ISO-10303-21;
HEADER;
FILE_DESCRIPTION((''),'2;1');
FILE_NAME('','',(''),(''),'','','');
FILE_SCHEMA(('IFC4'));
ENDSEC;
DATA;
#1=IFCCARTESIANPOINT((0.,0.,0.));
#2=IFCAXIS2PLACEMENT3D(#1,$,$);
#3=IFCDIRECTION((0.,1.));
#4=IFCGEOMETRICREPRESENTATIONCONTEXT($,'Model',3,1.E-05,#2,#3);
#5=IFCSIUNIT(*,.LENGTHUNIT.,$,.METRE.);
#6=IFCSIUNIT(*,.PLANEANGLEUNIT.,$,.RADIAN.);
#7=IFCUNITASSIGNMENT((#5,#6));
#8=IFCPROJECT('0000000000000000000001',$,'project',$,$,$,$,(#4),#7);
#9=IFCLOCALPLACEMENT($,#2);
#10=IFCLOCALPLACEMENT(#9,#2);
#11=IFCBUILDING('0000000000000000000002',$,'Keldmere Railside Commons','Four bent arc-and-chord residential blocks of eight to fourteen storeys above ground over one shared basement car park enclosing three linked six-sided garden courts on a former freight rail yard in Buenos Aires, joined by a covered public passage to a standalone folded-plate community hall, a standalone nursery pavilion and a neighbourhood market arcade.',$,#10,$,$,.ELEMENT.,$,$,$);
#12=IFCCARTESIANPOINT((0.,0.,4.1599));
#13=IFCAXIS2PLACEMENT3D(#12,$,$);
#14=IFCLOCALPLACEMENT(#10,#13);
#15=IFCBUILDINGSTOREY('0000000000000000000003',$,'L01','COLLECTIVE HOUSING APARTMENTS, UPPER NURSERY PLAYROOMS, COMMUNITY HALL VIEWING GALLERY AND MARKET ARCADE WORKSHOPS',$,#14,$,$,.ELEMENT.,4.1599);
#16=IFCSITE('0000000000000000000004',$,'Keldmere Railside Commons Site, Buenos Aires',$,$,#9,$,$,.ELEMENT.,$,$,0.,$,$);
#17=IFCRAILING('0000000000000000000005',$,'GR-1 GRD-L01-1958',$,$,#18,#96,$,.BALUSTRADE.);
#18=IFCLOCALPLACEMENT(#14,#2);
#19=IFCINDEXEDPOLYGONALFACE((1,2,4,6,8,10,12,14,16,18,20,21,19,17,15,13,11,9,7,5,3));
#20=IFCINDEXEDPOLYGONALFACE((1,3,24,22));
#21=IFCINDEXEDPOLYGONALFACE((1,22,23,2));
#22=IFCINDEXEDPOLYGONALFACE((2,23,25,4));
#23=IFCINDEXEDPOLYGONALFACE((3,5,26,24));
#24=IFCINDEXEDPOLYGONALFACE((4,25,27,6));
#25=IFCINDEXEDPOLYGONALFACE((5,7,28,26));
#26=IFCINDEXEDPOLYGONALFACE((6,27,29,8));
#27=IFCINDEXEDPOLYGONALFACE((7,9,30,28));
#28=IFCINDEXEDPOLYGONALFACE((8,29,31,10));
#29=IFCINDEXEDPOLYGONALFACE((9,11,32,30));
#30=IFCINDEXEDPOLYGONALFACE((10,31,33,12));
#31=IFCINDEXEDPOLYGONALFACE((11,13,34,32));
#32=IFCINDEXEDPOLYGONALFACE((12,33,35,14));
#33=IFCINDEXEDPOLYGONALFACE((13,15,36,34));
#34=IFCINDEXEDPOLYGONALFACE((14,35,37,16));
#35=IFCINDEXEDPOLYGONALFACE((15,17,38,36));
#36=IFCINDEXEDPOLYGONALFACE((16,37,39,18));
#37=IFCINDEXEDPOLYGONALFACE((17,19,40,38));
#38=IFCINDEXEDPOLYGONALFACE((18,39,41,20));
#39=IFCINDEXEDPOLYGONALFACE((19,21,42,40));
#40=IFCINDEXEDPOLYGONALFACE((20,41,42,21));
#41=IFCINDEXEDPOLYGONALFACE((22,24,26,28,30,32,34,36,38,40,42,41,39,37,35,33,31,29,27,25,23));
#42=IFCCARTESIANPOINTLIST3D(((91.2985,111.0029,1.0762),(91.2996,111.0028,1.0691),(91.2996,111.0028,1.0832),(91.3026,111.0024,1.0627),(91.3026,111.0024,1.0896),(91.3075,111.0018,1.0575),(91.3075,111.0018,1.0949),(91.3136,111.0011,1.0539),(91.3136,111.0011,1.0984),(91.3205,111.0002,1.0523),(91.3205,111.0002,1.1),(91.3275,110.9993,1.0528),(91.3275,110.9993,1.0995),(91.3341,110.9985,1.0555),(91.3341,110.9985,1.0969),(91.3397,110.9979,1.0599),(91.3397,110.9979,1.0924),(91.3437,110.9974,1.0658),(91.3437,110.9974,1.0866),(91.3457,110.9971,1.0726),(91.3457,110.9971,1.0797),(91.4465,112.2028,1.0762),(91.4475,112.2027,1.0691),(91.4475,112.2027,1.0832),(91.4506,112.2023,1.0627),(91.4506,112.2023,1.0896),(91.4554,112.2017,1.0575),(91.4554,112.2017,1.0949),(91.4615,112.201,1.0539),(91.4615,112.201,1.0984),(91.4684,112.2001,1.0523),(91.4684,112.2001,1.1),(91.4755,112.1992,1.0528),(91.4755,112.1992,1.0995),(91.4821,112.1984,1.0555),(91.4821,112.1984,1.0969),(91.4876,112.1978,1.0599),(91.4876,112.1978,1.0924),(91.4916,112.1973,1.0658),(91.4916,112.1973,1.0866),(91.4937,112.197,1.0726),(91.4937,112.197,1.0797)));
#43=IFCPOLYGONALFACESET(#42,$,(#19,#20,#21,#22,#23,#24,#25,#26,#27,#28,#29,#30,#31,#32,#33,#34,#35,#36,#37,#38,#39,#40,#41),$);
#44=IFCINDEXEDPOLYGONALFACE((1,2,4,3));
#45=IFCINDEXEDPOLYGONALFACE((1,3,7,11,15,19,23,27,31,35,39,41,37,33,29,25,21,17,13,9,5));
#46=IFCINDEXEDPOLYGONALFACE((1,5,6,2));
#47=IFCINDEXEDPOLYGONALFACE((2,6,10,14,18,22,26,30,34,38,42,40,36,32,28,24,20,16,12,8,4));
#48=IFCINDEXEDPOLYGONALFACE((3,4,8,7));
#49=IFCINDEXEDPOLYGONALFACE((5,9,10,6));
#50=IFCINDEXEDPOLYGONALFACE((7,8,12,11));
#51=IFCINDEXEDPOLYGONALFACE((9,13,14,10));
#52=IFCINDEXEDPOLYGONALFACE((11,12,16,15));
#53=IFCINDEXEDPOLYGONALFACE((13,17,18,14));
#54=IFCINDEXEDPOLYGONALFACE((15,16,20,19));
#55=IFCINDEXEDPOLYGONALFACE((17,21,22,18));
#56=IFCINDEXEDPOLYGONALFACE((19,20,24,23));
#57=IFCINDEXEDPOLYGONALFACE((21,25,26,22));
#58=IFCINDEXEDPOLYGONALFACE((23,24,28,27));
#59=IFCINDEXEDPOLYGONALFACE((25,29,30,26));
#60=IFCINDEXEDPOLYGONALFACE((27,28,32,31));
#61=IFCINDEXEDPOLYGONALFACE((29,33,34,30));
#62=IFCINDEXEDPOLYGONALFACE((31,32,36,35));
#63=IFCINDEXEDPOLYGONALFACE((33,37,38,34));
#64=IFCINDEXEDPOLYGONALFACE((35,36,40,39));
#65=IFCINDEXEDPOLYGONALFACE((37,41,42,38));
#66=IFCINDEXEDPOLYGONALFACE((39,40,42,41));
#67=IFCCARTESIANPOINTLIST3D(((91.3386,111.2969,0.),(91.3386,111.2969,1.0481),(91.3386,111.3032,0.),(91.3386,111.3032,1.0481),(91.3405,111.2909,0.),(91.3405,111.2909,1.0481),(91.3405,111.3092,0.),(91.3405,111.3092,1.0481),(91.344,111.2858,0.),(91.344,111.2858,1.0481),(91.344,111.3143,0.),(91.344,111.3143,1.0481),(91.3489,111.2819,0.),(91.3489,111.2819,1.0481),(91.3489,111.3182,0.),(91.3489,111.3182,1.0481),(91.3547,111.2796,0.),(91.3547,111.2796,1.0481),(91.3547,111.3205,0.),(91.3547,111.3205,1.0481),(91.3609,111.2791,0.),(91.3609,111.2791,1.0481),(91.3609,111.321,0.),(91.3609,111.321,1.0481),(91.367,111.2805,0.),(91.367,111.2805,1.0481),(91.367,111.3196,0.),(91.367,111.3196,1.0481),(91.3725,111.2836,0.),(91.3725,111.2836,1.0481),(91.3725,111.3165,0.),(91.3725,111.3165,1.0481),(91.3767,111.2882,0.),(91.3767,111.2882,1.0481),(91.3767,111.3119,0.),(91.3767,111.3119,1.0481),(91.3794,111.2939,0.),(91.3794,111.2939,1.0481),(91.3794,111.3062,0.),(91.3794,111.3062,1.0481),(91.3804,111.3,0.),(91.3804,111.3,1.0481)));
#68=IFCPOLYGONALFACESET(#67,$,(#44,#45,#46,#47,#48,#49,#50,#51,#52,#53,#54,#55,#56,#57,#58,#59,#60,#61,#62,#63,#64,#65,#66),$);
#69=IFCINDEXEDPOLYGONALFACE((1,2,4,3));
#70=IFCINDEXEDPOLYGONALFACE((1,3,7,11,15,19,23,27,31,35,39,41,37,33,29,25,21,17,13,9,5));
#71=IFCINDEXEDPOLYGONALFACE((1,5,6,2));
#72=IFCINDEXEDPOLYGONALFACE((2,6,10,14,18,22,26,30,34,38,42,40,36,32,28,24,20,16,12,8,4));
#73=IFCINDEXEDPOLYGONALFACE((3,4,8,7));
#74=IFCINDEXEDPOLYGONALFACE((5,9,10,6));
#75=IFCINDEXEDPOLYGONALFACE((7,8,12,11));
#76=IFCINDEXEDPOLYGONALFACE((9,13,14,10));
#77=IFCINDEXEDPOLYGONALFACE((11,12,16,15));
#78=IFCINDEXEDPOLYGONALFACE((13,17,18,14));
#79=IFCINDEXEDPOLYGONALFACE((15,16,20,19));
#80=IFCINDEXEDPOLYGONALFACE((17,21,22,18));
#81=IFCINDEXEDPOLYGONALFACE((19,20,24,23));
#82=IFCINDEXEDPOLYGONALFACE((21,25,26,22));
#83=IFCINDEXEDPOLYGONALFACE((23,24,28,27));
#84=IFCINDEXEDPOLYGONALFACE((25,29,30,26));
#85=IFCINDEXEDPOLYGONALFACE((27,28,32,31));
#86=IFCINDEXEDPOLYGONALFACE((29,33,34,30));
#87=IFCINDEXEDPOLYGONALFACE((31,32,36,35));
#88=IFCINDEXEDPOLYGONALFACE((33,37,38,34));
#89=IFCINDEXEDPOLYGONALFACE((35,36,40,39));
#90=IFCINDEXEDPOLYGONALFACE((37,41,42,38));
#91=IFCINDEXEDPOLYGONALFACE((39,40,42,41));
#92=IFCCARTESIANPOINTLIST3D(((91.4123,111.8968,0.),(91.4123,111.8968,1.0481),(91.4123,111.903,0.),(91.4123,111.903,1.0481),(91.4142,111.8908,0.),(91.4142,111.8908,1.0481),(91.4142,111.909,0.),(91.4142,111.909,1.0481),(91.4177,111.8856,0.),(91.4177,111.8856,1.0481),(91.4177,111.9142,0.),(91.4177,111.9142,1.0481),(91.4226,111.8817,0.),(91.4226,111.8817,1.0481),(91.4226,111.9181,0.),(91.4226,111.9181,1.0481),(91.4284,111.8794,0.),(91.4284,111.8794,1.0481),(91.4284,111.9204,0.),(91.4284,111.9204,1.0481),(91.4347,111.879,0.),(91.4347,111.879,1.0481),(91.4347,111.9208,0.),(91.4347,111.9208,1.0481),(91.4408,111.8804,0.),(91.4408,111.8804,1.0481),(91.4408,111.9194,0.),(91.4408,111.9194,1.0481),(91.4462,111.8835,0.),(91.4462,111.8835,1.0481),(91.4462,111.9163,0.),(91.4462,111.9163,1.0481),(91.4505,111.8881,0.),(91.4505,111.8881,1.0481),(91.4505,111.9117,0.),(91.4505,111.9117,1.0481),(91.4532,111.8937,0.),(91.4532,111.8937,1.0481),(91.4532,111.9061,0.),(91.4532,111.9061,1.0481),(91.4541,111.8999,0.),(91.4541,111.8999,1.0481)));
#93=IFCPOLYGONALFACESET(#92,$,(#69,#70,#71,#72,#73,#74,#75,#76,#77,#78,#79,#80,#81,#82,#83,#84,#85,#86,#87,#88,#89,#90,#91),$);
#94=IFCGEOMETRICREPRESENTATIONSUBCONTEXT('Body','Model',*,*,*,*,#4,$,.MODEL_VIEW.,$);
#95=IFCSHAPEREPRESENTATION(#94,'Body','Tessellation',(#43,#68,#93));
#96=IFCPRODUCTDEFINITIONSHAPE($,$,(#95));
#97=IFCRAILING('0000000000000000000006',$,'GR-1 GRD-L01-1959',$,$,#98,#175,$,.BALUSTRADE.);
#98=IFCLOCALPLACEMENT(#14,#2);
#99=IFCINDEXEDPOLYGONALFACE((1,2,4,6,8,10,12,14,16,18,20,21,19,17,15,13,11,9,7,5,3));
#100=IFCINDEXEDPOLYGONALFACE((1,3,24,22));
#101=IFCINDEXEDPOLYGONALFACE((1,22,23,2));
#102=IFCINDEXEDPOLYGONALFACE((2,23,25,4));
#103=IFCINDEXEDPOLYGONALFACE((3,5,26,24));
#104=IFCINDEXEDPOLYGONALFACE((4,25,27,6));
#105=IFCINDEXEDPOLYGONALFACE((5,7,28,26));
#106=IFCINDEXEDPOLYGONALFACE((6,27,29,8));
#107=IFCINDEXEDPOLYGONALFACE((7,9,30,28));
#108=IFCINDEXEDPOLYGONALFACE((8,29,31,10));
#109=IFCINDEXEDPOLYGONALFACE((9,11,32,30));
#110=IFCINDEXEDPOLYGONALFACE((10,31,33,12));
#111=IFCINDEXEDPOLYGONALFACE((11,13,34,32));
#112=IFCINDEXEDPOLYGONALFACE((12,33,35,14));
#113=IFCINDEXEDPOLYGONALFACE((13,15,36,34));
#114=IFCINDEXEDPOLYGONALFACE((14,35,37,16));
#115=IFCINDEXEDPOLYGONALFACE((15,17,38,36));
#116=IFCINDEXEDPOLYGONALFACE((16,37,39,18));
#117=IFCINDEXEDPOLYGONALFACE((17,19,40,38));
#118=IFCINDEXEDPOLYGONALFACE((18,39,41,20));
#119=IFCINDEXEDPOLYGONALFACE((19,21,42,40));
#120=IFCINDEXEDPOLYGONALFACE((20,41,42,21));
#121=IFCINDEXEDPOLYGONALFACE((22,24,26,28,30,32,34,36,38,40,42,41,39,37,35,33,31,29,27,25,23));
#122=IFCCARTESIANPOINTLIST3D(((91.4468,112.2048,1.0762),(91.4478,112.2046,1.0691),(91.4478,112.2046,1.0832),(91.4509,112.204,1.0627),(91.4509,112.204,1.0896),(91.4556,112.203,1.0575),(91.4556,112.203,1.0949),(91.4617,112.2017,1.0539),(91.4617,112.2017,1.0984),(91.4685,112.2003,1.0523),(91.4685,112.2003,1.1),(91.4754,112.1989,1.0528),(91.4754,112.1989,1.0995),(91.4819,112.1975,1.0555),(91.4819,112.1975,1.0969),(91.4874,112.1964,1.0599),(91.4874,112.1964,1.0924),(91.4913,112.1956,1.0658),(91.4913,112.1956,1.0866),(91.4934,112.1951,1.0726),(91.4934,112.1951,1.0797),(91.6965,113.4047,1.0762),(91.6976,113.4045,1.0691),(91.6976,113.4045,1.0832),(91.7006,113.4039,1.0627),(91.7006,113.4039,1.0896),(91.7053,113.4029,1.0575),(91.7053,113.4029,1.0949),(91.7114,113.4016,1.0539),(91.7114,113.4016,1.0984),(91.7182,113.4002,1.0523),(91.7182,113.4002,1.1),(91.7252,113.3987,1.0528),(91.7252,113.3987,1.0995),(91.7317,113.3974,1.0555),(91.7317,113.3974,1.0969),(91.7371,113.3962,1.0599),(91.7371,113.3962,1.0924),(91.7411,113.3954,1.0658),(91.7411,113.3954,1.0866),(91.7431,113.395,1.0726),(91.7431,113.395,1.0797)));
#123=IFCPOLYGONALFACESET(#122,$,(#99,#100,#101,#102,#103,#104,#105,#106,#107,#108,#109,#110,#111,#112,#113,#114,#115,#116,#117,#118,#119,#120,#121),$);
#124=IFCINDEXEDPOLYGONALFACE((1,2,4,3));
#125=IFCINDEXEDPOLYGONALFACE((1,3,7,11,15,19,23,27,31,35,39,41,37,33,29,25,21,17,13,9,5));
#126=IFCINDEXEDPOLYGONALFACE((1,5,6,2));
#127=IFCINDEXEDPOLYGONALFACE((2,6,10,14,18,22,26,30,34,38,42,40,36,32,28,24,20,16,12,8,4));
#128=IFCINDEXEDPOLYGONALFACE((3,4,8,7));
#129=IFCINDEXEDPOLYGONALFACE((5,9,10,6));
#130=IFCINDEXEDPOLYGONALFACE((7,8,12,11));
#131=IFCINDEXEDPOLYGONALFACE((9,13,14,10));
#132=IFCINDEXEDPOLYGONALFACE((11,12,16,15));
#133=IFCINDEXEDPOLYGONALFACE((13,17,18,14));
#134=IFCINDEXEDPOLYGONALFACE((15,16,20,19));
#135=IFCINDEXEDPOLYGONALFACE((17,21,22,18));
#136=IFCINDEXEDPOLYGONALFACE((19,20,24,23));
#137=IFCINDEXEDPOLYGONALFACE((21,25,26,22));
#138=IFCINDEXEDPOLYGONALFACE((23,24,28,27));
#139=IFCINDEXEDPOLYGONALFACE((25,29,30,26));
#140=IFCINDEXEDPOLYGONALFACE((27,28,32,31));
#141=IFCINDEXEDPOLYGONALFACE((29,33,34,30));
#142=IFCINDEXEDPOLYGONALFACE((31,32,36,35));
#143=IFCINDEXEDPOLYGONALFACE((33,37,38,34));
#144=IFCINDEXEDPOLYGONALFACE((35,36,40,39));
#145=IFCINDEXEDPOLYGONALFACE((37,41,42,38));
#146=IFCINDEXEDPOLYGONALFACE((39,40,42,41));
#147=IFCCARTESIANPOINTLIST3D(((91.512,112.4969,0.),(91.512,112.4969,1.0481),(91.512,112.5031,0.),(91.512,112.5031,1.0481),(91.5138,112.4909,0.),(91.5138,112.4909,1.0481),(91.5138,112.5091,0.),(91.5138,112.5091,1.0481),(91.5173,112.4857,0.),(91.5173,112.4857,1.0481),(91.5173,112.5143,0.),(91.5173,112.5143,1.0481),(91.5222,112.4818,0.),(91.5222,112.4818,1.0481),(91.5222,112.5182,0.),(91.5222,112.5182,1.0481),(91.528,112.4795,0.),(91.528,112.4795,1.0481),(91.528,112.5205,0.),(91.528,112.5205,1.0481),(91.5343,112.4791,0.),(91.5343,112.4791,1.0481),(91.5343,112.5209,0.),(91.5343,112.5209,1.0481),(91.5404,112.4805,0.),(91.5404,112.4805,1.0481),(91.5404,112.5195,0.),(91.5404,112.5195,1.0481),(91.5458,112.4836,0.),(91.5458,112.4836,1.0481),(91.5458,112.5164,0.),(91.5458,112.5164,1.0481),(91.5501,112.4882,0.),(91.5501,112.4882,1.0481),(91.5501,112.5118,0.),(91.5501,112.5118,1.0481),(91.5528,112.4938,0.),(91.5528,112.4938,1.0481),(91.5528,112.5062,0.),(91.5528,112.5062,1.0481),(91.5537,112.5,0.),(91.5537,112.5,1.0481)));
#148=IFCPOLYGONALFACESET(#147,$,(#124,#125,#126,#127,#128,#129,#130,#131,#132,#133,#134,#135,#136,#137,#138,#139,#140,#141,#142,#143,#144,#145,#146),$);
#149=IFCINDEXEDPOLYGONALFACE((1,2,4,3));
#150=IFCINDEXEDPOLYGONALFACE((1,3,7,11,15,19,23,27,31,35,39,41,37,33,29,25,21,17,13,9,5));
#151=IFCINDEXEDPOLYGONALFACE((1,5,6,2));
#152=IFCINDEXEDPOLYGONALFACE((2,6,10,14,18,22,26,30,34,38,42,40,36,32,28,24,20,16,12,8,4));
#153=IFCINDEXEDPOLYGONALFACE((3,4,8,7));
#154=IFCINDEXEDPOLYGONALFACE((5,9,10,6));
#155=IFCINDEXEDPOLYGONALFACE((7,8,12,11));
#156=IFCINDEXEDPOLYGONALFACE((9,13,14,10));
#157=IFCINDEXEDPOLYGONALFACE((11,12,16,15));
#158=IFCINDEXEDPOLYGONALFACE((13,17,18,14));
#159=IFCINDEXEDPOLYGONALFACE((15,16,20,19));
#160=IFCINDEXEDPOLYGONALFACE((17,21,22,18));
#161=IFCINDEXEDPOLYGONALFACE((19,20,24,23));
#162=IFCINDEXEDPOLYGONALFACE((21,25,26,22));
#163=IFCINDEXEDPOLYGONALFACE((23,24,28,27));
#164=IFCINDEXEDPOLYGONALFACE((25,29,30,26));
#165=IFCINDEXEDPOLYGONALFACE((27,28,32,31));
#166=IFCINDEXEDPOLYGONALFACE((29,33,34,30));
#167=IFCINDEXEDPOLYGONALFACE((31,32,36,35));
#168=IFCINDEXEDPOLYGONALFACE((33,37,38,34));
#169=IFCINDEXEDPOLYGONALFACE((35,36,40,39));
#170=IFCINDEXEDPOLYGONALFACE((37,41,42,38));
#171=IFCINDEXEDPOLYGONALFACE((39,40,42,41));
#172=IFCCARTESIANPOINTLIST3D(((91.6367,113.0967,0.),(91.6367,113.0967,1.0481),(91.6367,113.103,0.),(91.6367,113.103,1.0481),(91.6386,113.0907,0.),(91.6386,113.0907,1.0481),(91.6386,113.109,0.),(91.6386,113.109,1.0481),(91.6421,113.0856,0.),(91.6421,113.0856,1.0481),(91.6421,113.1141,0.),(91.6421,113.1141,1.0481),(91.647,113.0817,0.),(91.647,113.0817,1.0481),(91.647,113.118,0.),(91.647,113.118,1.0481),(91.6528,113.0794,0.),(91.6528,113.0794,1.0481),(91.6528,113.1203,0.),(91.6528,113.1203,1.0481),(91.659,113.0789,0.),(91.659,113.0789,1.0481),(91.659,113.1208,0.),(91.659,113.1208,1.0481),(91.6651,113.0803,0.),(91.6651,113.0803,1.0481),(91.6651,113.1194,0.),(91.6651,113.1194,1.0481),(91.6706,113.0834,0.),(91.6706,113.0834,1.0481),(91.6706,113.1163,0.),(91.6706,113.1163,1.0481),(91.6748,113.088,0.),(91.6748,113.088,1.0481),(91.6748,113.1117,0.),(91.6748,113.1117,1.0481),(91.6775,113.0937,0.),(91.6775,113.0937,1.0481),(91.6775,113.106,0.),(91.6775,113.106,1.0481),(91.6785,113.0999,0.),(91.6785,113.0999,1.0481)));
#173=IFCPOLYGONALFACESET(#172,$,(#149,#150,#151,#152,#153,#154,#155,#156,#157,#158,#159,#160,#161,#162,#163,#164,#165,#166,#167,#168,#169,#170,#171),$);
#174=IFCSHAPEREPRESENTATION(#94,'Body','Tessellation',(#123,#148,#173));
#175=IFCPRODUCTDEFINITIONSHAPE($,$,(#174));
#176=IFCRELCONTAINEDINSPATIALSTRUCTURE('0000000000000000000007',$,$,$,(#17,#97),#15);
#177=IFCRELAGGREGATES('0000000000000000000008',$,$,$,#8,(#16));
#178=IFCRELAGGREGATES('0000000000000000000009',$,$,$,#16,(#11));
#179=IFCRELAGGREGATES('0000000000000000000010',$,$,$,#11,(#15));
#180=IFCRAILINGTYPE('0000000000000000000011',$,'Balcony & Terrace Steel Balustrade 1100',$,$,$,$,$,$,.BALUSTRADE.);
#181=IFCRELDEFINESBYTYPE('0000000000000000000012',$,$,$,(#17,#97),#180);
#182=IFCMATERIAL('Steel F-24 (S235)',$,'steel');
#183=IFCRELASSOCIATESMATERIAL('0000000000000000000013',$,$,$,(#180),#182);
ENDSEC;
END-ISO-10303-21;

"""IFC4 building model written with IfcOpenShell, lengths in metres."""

from ifc_helpers import new_model, si_unit, direction, frame, origin, origin_2d, place, context, subcontext, project, spatial, circle, extrude, material, type_object, element, save


model = new_model("IFC4")

# Units and contexts
model_context = context("Model", 3, precision=1e-05, world=origin(), true_north=direction((0.0, 1.0)))
body_context = subcontext(model_context, "Body", "Model", "MODEL_VIEW")
ifc_project = project(units=[si_unit("LENGTHUNIT", "METRE"), si_unit("PLANEANGLEUNIT", "RADIAN")], contexts=[model_context])

# Site, building, storey
site_placement = place(None, origin())
site = spatial("IfcSite", under=ifc_project, at=site_placement, Name="Keldmere Railside Commons Site, Buenos Aires", CompositionType="ELEMENT", RefElevation=0.0)
building_placement = place(site_placement, origin())
building = spatial("IfcBuilding", under=site, at=building_placement, Name="Keldmere Railside Commons", Description="Four bent arc-and-chord residential blocks of eight to fourteen storeys above ground over one shared basement car park enclosing three linked six-sided garden courts on a former freight rail yard in Buenos Aires, joined by a covered public passage to a standalone folded-plate community hall, a standalone nursery pavilion and a neighbourhood market arcade.", CompositionType="ELEMENT")
storey_placement = place(building_placement, frame((0.0, 0.0, 4.1599)))
storey = spatial("IfcBuildingStorey", under=building, at=storey_placement, Name="L01", Description="COLLECTIVE HOUSING APARTMENTS, UPPER NURSERY PLAYROOMS, COMMUNITY HALL VIEWING GALLERY AND MARKET ARCADE WORKSHOPS", CompositionType="ELEMENT", Elevation=4.1599)

# Railings
ifc_material_1 = material(Name="Steel F-24 (S235)", Category="steel")
railing_type = type_object("IfcRailingType", Name="Balcony & Terrace Steel Balustrade 1100", PredefinedType="BALUSTRADE", material=ifc_material_1)
railing_1_placement = place(storey_placement, frame((91.3223, 111.0, 0.0)))
element("IfcRailing", 1, at=railing_1_placement, inside=storey, type_object=railing_type, Name="GR-1 GRD-L01-1958", PredefinedType="BALUSTRADE", context=body_context, shape_type="SweptSolid", body=[
    extrude(circle(Radius=0.0239, at=origin_2d()), frame((0.0, 0.0, 1.0762), z_axis=(0.122369, 0.992485, 0.0), x_axis=(-0.992485, 0.122369, 0.0)), (0.0, 0.0, 1.0), 1.209),
    extrude(circle(Radius=0.021, at=origin_2d()), frame((0.0371, 0.3, 0.0)), (0.0, 0.0, 1.0), 1.0481),
    extrude(circle(Radius=0.021, at=origin_2d()), frame((0.1108, 0.8999, 0.0)), (0.0, 0.0, 1.0), 1.0481),
])
railing_2_placement = place(storey_placement, frame((91.4702, 112.2, 0.0)))
element("IfcRailing", 2, at=railing_2_placement, inside=storey, type_object=railing_type, Name="GR-1 GRD-L01-1959", PredefinedType="BALUSTRADE", context=body_context, shape_type="SweptSolid", body=[
    extrude(circle(Radius=0.0239, at=origin_2d()), frame((0.0, 0.0, 1.0762), z_axis=(0.203771, 0.979019, 0.0), x_axis=(-0.979019, 0.203771, 0.0)), (0.0, 0.0, 1.0), 1.2256),
    extrude(circle(Radius=0.021, at=origin_2d()), frame((0.0625, 0.3, 0.0)), (0.0, 0.0, 1.0), 1.0481),
    extrude(circle(Radius=0.021, at=origin_2d()), frame((0.1873, 0.8999, 0.0)), (0.0, 0.0, 1.0), 1.0481),
])

save(model, "model.ifc")
